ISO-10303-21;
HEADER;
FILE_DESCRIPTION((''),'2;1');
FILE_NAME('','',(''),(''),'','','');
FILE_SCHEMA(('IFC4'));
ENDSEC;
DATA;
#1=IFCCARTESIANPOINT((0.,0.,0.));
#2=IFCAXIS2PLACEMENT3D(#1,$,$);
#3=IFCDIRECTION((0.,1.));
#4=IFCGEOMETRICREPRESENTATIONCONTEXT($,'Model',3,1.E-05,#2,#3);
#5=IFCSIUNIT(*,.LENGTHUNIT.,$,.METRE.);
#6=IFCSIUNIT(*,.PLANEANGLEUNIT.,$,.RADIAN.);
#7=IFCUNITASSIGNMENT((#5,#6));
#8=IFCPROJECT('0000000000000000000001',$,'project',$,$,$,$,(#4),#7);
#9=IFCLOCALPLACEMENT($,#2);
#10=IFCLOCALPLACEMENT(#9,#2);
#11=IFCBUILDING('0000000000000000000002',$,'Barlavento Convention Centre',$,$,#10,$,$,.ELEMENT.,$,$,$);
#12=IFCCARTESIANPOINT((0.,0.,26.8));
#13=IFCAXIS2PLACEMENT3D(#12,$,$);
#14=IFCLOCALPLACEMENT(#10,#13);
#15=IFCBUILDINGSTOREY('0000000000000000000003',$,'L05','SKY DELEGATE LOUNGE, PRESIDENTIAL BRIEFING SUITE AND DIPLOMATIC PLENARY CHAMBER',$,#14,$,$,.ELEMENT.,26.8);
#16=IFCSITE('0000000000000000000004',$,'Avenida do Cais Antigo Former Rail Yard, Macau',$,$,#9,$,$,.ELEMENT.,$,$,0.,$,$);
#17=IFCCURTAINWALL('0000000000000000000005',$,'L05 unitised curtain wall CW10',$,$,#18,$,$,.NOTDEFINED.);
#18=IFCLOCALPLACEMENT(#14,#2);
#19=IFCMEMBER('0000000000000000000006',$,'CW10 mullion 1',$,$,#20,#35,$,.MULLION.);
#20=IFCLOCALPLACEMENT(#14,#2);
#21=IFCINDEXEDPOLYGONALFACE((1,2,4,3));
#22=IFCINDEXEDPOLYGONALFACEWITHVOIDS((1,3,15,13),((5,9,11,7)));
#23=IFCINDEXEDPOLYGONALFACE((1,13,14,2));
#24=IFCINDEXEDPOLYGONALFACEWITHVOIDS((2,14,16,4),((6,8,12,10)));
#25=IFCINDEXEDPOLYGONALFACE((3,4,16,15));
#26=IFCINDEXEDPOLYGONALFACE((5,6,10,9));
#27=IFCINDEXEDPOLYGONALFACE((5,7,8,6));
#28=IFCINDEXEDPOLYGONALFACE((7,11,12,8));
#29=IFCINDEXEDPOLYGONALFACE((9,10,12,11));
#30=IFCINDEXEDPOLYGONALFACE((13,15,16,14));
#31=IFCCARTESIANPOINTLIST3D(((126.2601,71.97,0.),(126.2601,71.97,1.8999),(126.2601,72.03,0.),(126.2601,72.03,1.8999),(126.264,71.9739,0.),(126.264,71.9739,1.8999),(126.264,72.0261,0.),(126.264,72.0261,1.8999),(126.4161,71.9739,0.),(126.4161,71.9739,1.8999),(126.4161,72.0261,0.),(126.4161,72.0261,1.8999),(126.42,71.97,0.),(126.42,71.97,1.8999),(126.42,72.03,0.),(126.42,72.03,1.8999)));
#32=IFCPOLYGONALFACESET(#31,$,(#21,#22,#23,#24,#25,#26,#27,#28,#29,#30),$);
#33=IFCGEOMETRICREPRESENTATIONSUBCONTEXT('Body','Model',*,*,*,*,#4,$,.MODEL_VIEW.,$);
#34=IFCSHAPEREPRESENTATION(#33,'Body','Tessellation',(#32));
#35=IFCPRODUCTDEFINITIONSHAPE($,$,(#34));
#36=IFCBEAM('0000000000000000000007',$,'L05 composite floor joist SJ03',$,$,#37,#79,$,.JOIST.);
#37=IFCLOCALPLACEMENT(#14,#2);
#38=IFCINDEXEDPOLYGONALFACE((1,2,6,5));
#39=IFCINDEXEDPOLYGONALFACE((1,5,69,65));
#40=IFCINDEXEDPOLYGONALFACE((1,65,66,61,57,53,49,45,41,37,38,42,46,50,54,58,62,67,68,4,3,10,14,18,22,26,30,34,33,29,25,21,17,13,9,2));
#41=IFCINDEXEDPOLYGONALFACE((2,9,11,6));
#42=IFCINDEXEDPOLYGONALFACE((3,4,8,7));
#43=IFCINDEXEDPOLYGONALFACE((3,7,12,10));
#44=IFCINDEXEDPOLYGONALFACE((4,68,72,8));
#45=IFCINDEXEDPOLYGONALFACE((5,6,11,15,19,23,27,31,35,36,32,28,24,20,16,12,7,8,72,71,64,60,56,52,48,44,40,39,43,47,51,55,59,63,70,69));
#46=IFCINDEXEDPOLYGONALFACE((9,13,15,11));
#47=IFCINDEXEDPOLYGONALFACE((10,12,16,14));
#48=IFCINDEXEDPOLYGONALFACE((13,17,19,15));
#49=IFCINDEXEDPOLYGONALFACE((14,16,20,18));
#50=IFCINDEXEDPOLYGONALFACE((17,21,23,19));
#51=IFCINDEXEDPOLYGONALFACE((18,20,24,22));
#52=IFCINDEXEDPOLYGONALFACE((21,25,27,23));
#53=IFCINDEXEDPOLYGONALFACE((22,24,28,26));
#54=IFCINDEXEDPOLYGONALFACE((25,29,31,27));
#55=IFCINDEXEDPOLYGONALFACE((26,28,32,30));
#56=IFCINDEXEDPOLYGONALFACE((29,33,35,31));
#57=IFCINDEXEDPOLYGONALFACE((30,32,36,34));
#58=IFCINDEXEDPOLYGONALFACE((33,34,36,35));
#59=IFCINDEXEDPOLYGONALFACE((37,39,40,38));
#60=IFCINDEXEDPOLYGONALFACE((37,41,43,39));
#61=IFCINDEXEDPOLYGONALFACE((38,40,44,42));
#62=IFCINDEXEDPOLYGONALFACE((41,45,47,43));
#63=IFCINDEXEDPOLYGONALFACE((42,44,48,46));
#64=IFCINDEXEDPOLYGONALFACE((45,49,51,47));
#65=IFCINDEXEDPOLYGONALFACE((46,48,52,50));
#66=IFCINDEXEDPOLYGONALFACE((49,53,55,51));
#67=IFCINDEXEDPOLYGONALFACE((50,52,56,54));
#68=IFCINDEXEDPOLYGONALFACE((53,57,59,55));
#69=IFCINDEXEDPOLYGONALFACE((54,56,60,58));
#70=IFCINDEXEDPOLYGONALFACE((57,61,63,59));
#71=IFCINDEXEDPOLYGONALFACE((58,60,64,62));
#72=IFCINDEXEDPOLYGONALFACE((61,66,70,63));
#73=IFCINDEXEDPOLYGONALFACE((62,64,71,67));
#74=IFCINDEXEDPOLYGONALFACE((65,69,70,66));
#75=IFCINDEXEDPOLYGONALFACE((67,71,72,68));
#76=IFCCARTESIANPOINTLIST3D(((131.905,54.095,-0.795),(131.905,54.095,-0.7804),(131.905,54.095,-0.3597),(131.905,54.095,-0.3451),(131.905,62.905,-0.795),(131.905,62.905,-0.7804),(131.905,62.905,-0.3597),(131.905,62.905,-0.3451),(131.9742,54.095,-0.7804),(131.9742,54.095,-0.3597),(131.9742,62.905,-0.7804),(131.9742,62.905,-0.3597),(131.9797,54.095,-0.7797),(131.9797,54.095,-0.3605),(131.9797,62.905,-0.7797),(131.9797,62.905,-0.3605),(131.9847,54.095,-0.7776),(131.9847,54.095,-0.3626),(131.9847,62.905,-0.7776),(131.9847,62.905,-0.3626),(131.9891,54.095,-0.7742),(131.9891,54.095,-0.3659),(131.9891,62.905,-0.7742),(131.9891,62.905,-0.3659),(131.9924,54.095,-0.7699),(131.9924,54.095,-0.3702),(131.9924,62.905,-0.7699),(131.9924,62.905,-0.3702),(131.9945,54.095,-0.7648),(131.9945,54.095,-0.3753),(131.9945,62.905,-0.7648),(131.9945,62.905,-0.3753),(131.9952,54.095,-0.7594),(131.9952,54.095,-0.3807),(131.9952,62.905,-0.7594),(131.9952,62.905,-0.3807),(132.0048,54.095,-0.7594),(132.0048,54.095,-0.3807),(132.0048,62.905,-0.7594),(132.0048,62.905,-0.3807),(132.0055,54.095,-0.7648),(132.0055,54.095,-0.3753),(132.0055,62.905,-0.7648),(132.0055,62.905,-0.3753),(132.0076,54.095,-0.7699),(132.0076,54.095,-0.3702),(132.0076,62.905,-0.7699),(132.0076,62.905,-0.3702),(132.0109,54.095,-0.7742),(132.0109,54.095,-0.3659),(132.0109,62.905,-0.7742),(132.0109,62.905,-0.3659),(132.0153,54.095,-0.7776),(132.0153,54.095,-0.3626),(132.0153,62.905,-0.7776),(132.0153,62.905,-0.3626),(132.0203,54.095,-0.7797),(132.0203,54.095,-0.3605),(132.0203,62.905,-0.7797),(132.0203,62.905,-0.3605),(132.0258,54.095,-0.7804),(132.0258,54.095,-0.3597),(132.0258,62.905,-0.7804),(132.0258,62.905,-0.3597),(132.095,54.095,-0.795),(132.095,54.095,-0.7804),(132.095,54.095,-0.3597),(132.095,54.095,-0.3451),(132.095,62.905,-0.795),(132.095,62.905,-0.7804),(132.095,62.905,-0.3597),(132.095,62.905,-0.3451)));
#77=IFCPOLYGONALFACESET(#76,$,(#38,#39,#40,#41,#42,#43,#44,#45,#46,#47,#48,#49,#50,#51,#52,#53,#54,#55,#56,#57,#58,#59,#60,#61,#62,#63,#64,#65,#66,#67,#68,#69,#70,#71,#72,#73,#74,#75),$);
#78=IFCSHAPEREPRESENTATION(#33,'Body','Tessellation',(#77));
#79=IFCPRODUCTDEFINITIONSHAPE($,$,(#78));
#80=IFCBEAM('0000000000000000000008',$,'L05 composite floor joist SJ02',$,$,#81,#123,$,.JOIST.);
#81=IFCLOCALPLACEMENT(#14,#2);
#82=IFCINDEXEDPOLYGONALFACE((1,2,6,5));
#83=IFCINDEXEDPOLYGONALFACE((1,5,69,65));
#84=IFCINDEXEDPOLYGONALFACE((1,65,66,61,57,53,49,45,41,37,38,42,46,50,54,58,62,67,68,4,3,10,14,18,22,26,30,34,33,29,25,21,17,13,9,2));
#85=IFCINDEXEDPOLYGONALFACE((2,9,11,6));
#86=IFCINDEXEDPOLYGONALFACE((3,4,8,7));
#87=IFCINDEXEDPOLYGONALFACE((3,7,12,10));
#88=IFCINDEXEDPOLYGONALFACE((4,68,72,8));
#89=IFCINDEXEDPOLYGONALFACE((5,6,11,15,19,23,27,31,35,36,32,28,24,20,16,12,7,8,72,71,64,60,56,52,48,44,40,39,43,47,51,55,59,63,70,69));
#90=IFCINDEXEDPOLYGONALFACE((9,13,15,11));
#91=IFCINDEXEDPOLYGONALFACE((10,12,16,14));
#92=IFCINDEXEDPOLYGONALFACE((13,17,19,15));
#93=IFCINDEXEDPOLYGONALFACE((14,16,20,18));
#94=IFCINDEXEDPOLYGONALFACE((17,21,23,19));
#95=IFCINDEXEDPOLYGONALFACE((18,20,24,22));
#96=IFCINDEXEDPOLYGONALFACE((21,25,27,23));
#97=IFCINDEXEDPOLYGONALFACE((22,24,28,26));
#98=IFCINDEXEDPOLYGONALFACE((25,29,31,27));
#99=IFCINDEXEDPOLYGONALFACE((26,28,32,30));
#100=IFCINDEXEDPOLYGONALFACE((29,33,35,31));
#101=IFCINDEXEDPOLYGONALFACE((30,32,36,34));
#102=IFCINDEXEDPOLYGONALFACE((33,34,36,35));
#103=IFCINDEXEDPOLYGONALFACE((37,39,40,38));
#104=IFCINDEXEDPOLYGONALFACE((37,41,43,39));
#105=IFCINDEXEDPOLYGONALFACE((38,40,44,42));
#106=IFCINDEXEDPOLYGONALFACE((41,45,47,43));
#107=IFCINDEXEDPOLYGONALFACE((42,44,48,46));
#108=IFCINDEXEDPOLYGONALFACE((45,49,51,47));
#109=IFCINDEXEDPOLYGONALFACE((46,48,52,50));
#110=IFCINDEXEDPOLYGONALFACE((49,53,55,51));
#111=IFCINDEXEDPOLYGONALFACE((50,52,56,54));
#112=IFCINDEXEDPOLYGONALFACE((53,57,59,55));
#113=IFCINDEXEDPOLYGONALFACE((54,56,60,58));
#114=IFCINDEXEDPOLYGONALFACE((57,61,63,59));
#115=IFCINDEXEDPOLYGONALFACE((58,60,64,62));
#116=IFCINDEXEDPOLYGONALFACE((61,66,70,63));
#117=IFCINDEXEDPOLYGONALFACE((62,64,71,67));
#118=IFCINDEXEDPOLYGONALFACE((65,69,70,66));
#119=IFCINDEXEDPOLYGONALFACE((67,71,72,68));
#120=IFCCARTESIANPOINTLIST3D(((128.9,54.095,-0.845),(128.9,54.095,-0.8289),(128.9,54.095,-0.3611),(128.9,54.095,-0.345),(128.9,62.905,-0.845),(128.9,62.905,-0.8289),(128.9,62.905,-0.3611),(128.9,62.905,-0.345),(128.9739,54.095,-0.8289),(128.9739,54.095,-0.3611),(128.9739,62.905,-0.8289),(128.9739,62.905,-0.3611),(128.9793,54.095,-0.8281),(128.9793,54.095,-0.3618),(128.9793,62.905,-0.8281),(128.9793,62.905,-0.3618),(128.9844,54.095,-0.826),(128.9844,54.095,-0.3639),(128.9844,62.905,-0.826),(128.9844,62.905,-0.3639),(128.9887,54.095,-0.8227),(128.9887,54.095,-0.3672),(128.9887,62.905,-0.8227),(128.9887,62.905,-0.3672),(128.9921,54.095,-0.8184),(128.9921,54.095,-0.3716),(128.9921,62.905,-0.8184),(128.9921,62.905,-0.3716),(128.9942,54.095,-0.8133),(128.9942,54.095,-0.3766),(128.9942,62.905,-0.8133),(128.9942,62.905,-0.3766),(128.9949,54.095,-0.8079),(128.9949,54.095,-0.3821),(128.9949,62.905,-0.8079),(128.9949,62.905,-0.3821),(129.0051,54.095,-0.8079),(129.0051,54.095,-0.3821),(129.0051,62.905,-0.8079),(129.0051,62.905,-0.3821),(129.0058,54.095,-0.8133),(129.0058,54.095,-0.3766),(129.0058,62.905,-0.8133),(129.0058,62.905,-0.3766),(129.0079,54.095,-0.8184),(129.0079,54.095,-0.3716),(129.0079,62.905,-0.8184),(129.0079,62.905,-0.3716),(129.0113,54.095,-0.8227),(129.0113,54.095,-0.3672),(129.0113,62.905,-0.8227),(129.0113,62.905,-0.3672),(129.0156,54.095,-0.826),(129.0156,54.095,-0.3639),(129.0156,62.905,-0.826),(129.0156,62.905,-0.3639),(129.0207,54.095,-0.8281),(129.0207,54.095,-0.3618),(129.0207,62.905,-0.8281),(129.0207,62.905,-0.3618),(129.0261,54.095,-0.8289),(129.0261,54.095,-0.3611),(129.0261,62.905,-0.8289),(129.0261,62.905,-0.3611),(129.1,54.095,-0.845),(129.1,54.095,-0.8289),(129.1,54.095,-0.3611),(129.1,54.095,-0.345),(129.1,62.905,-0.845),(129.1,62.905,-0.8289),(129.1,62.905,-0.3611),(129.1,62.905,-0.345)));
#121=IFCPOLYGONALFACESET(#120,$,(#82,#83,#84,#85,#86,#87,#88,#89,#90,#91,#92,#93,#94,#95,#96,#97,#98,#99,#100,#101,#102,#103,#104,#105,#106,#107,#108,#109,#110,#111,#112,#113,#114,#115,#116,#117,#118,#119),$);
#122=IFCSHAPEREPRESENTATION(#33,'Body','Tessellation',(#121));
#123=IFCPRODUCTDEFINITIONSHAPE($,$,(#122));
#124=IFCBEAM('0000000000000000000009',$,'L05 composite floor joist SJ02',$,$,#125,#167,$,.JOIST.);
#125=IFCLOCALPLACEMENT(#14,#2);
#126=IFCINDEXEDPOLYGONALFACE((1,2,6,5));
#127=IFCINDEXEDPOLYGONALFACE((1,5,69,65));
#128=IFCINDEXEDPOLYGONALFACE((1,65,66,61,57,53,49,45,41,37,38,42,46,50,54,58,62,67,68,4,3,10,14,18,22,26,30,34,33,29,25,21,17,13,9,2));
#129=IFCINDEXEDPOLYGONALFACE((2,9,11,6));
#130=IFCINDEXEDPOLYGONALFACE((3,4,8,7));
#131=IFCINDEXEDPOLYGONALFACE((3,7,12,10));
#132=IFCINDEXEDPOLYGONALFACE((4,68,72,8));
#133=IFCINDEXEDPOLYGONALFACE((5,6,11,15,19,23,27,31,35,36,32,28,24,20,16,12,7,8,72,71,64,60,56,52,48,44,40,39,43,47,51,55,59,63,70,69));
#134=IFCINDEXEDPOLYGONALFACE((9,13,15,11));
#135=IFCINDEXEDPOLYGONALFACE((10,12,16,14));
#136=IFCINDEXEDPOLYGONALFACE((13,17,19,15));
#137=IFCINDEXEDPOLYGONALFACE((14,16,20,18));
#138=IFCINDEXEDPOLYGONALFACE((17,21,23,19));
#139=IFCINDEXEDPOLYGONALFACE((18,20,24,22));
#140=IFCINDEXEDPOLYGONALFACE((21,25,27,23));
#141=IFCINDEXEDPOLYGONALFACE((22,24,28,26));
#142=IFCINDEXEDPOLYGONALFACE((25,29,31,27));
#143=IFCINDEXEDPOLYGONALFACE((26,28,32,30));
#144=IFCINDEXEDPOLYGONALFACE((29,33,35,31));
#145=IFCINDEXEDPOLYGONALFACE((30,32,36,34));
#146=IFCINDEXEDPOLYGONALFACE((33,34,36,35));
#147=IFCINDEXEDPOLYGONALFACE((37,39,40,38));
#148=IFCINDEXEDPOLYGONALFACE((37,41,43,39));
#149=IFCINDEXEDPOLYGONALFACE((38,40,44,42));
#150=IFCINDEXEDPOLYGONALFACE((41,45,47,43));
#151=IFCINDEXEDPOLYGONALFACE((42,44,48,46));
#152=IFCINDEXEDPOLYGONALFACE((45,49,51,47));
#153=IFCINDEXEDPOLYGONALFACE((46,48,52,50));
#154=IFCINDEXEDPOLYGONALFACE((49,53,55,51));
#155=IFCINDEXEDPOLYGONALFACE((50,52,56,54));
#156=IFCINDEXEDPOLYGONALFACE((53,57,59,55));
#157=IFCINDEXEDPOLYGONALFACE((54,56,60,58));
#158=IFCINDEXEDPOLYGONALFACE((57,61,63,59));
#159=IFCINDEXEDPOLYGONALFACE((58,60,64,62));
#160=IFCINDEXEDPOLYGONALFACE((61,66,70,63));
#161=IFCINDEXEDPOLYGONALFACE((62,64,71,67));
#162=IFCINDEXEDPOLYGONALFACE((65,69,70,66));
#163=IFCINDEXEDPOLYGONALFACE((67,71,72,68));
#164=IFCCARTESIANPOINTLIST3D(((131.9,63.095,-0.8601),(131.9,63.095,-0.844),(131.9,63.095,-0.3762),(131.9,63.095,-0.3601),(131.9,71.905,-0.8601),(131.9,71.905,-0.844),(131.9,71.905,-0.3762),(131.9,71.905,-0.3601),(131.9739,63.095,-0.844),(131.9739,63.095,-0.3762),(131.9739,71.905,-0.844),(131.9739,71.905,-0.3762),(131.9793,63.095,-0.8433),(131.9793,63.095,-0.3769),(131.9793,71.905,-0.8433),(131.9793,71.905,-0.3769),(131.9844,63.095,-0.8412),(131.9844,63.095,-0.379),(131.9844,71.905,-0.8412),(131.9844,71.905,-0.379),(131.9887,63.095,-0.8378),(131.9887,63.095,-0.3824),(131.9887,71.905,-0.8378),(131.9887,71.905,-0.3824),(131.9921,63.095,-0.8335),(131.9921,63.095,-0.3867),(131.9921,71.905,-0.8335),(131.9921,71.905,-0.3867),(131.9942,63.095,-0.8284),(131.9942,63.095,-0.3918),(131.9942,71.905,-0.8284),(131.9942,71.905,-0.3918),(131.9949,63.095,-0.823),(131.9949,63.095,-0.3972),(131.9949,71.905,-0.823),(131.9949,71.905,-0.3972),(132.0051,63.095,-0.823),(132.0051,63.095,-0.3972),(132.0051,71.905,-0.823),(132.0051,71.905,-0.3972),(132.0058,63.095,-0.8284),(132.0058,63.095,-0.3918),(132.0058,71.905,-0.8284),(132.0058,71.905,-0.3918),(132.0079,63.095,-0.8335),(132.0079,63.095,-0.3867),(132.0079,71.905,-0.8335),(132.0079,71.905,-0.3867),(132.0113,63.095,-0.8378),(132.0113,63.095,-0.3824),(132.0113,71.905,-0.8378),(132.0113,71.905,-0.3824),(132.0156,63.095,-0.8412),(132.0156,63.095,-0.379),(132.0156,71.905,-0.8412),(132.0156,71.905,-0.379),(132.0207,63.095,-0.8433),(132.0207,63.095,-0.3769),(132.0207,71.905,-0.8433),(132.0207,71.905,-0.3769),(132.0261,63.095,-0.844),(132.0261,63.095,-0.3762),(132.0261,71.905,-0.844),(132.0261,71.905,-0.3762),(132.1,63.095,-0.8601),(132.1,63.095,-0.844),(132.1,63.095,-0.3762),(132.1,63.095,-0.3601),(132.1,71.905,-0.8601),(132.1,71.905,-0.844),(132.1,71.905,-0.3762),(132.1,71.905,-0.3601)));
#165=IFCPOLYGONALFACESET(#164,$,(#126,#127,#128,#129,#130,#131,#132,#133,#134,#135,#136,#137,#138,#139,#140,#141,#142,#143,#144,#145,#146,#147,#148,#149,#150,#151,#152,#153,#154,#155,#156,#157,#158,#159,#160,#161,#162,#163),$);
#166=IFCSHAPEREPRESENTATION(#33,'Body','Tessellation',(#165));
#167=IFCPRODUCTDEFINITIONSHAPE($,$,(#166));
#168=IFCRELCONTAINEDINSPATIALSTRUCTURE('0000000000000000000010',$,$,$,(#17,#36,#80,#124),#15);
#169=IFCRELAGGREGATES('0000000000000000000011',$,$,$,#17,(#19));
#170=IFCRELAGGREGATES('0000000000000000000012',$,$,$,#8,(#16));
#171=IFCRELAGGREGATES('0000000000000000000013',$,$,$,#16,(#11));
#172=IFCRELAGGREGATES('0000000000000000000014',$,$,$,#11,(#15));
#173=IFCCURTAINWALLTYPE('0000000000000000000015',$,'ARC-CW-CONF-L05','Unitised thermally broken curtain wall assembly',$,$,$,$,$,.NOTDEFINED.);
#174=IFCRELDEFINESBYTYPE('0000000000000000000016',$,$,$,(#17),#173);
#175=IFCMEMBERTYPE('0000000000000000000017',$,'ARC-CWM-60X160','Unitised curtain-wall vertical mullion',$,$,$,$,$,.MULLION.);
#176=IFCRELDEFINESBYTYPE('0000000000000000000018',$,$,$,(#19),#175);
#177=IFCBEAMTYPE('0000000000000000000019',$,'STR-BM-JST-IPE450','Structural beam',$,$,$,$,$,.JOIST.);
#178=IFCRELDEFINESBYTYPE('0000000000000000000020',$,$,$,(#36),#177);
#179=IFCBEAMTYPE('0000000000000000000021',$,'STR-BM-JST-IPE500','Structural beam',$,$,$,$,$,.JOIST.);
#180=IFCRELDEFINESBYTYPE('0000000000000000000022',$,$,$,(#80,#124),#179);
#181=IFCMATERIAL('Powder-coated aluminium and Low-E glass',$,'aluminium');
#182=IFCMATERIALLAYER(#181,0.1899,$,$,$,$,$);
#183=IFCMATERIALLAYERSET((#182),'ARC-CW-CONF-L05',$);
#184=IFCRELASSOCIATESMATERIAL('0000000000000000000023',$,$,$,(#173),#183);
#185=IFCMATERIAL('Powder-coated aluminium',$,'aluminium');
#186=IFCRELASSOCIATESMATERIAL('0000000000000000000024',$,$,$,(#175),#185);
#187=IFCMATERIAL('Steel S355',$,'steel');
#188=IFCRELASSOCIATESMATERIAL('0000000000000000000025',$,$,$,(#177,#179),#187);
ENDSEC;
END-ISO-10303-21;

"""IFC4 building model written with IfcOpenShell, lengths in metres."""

from ifc_helpers import new_model, si_unit, direction, frame, origin, origin_2d, place, context, subcontext, project, spatial, hollow_rectangle, i_section, extrude, material, layer, layer_set, material_profile, profile_set, type_object, element, aggregate, save


model = new_model("IFC4")

# Units and contexts
model_context = context("Model", 3, precision=1e-05, world=origin(), true_north=direction((0.0, 1.0)))
body_context = subcontext(model_context, "Body", "Model", "MODEL_VIEW")
ifc_project = project(units=[si_unit("LENGTHUNIT", "METRE"), si_unit("PLANEANGLEUNIT", "RADIAN")], contexts=[model_context])

# Site, building, storey
site_placement = place(None, origin())
site = spatial("IfcSite", under=ifc_project, at=site_placement, Name="Avenida do Cais Antigo Former Rail Yard, Macau", CompositionType="ELEMENT", RefElevation=0.0)
building_placement = place(site_placement, origin())
building = spatial("IfcBuilding", under=site, at=building_placement, Name="Barlavento Convention Centre", CompositionType="ELEMENT")
storey_placement = place(building_placement, frame((0.0, 0.0, 26.8)))
storey = spatial("IfcBuildingStorey", under=building, at=storey_placement, Name="L05", Description="SKY DELEGATE LOUNGE, PRESIDENTIAL BRIEFING SUITE AND DIPLOMATIC PLENARY CHAMBER", CompositionType="ELEMENT", Elevation=26.8)

# Curtain wall, member
ifc_material_1 = material(Name="Powder-coated aluminium and Low-E glass", Category="aluminium")
ifc_layer = layer(ifc_material_1, 0.1899)
ifc_layer_set = layer_set([ifc_layer], Name="ARC-CW-CONF-L05")
curtain_wall_type = type_object("IfcCurtainWallType", Name="ARC-CW-CONF-L05", Description="Unitised thermally broken curtain wall assembly", PredefinedType="NOTDEFINED", material=ifc_layer_set)
curtain_wall_placement = place(storey_placement, origin())
curtain_wall = element("IfcCurtainWall", 1, at=curtain_wall_placement, inside=storey, type_object=curtain_wall_type, Name="L05 unitised curtain wall CW10", PredefinedType="NOTDEFINED")
ifc_material_2 = material(Name="Powder-coated aluminium", Category="aluminium")
ifc_material_profile_1 = material_profile(ifc_material_2, hollow_rectangle(XDim=0.0601, YDim=0.1599, WallThickness=0.0039, at=origin_2d()), Name="AL-MULL 60x160x4")
ifc_profile_set_1 = profile_set([ifc_material_profile_1], Name="Powder-coated aluminium")
member_type = type_object("IfcMemberType", Name="ARC-CWM-60X160", Description="Unitised curtain-wall vertical mullion", PredefinedType="MULLION", material=ifc_profile_set_1)
member_placement = place(storey_placement, frame((126.3401, 72.0, 0.0), z_axis=(0.0, 0.0, 1.0), x_axis=(0.0, 1.0, 0.0)))
member = element("IfcMember", 2, at=member_placement, type_object=member_type, Name="CW10 mullion 1", PredefinedType="MULLION", context=body_context, shape_type="SweptSolid", body=[
    extrude(hollow_rectangle(XDim=0.0601, YDim=0.1599, WallThickness=0.0039, at=origin_2d()), origin(), (0.0, 0.0, 1.0), 1.8999),
])
aggregate(curtain_wall, [member])

# Beams
ifc_material_3 = material(Name="Steel S355", Category="steel")
ifc_material_profile_2 = material_profile(ifc_material_3, i_section(OverallWidth=0.1899, OverallDepth=0.45, WebThickness=0.0095, FlangeThickness=0.0146, FilletRadius=0.021, at=origin_2d()), Name="IPE 450")
ifc_profile_set_2 = profile_set([ifc_material_profile_2], Name="Steel S355")
beam_type_1 = type_object("IfcBeamType", Name="STR-BM-JST-IPE450", Description="Structural beam", PredefinedType="JOIST", material=ifc_profile_set_2)
beam_1_placement = place(storey_placement, frame((132.0, 54.095, -0.5701), z_axis=(0.0, 1.0, 0.0), x_axis=(-1.0, 0.0, 0.0)))
element("IfcBeam", 3, at=beam_1_placement, inside=storey, type_object=beam_type_1, Name="L05 composite floor joist SJ03", PredefinedType="JOIST", context=body_context, shape_type="SweptSolid", body=[
    extrude(i_section(OverallWidth=0.1899, OverallDepth=0.45, WebThickness=0.0095, FlangeThickness=0.0146, FilletRadius=0.021, at=origin_2d()), origin(), (0.0, 0.0, 1.0), 8.8101),
])
ifc_material_profile_3 = material_profile(ifc_material_3, i_section(OverallWidth=0.2, OverallDepth=0.5, WebThickness=0.0103, FlangeThickness=0.0161, FilletRadius=0.021, at=origin_2d()), Name="IPE 500")
ifc_profile_set_3 = profile_set([ifc_material_profile_3], Name="Steel S355")
beam_type_2 = type_object("IfcBeamType", Name="STR-BM-JST-IPE500", Description="Structural beam", PredefinedType="JOIST", material=ifc_profile_set_3)
for number, where, z_axis, x_axis, name in (
    (4, (129.0, 54.095, -0.595), (0.0, 1.0, 0.0), (-1.0, 0.0, 0.0), "L05 composite floor joist SJ02"),
    (5, (132.0, 63.095, -0.6101), (0.0, 1.0, 0.0), (-1.0, 0.0, 0.0), "L05 composite floor joist SJ02"),
):
    element("IfcBeam", number, at=place(storey_placement, frame(where, z_axis=z_axis, x_axis=x_axis)), inside=storey, type_object=beam_type_2, Name=name, PredefinedType="JOIST", context=body_context, shape_type="SweptSolid", body=[
        extrude(i_section(OverallWidth=0.2, OverallDepth=0.5, WebThickness=0.0103, FlangeThickness=0.0161, FilletRadius=0.021, at=origin_2d()), origin(), (0.0, 0.0, 1.0), 8.8101),
    ])

save(model, "model.ifc")
